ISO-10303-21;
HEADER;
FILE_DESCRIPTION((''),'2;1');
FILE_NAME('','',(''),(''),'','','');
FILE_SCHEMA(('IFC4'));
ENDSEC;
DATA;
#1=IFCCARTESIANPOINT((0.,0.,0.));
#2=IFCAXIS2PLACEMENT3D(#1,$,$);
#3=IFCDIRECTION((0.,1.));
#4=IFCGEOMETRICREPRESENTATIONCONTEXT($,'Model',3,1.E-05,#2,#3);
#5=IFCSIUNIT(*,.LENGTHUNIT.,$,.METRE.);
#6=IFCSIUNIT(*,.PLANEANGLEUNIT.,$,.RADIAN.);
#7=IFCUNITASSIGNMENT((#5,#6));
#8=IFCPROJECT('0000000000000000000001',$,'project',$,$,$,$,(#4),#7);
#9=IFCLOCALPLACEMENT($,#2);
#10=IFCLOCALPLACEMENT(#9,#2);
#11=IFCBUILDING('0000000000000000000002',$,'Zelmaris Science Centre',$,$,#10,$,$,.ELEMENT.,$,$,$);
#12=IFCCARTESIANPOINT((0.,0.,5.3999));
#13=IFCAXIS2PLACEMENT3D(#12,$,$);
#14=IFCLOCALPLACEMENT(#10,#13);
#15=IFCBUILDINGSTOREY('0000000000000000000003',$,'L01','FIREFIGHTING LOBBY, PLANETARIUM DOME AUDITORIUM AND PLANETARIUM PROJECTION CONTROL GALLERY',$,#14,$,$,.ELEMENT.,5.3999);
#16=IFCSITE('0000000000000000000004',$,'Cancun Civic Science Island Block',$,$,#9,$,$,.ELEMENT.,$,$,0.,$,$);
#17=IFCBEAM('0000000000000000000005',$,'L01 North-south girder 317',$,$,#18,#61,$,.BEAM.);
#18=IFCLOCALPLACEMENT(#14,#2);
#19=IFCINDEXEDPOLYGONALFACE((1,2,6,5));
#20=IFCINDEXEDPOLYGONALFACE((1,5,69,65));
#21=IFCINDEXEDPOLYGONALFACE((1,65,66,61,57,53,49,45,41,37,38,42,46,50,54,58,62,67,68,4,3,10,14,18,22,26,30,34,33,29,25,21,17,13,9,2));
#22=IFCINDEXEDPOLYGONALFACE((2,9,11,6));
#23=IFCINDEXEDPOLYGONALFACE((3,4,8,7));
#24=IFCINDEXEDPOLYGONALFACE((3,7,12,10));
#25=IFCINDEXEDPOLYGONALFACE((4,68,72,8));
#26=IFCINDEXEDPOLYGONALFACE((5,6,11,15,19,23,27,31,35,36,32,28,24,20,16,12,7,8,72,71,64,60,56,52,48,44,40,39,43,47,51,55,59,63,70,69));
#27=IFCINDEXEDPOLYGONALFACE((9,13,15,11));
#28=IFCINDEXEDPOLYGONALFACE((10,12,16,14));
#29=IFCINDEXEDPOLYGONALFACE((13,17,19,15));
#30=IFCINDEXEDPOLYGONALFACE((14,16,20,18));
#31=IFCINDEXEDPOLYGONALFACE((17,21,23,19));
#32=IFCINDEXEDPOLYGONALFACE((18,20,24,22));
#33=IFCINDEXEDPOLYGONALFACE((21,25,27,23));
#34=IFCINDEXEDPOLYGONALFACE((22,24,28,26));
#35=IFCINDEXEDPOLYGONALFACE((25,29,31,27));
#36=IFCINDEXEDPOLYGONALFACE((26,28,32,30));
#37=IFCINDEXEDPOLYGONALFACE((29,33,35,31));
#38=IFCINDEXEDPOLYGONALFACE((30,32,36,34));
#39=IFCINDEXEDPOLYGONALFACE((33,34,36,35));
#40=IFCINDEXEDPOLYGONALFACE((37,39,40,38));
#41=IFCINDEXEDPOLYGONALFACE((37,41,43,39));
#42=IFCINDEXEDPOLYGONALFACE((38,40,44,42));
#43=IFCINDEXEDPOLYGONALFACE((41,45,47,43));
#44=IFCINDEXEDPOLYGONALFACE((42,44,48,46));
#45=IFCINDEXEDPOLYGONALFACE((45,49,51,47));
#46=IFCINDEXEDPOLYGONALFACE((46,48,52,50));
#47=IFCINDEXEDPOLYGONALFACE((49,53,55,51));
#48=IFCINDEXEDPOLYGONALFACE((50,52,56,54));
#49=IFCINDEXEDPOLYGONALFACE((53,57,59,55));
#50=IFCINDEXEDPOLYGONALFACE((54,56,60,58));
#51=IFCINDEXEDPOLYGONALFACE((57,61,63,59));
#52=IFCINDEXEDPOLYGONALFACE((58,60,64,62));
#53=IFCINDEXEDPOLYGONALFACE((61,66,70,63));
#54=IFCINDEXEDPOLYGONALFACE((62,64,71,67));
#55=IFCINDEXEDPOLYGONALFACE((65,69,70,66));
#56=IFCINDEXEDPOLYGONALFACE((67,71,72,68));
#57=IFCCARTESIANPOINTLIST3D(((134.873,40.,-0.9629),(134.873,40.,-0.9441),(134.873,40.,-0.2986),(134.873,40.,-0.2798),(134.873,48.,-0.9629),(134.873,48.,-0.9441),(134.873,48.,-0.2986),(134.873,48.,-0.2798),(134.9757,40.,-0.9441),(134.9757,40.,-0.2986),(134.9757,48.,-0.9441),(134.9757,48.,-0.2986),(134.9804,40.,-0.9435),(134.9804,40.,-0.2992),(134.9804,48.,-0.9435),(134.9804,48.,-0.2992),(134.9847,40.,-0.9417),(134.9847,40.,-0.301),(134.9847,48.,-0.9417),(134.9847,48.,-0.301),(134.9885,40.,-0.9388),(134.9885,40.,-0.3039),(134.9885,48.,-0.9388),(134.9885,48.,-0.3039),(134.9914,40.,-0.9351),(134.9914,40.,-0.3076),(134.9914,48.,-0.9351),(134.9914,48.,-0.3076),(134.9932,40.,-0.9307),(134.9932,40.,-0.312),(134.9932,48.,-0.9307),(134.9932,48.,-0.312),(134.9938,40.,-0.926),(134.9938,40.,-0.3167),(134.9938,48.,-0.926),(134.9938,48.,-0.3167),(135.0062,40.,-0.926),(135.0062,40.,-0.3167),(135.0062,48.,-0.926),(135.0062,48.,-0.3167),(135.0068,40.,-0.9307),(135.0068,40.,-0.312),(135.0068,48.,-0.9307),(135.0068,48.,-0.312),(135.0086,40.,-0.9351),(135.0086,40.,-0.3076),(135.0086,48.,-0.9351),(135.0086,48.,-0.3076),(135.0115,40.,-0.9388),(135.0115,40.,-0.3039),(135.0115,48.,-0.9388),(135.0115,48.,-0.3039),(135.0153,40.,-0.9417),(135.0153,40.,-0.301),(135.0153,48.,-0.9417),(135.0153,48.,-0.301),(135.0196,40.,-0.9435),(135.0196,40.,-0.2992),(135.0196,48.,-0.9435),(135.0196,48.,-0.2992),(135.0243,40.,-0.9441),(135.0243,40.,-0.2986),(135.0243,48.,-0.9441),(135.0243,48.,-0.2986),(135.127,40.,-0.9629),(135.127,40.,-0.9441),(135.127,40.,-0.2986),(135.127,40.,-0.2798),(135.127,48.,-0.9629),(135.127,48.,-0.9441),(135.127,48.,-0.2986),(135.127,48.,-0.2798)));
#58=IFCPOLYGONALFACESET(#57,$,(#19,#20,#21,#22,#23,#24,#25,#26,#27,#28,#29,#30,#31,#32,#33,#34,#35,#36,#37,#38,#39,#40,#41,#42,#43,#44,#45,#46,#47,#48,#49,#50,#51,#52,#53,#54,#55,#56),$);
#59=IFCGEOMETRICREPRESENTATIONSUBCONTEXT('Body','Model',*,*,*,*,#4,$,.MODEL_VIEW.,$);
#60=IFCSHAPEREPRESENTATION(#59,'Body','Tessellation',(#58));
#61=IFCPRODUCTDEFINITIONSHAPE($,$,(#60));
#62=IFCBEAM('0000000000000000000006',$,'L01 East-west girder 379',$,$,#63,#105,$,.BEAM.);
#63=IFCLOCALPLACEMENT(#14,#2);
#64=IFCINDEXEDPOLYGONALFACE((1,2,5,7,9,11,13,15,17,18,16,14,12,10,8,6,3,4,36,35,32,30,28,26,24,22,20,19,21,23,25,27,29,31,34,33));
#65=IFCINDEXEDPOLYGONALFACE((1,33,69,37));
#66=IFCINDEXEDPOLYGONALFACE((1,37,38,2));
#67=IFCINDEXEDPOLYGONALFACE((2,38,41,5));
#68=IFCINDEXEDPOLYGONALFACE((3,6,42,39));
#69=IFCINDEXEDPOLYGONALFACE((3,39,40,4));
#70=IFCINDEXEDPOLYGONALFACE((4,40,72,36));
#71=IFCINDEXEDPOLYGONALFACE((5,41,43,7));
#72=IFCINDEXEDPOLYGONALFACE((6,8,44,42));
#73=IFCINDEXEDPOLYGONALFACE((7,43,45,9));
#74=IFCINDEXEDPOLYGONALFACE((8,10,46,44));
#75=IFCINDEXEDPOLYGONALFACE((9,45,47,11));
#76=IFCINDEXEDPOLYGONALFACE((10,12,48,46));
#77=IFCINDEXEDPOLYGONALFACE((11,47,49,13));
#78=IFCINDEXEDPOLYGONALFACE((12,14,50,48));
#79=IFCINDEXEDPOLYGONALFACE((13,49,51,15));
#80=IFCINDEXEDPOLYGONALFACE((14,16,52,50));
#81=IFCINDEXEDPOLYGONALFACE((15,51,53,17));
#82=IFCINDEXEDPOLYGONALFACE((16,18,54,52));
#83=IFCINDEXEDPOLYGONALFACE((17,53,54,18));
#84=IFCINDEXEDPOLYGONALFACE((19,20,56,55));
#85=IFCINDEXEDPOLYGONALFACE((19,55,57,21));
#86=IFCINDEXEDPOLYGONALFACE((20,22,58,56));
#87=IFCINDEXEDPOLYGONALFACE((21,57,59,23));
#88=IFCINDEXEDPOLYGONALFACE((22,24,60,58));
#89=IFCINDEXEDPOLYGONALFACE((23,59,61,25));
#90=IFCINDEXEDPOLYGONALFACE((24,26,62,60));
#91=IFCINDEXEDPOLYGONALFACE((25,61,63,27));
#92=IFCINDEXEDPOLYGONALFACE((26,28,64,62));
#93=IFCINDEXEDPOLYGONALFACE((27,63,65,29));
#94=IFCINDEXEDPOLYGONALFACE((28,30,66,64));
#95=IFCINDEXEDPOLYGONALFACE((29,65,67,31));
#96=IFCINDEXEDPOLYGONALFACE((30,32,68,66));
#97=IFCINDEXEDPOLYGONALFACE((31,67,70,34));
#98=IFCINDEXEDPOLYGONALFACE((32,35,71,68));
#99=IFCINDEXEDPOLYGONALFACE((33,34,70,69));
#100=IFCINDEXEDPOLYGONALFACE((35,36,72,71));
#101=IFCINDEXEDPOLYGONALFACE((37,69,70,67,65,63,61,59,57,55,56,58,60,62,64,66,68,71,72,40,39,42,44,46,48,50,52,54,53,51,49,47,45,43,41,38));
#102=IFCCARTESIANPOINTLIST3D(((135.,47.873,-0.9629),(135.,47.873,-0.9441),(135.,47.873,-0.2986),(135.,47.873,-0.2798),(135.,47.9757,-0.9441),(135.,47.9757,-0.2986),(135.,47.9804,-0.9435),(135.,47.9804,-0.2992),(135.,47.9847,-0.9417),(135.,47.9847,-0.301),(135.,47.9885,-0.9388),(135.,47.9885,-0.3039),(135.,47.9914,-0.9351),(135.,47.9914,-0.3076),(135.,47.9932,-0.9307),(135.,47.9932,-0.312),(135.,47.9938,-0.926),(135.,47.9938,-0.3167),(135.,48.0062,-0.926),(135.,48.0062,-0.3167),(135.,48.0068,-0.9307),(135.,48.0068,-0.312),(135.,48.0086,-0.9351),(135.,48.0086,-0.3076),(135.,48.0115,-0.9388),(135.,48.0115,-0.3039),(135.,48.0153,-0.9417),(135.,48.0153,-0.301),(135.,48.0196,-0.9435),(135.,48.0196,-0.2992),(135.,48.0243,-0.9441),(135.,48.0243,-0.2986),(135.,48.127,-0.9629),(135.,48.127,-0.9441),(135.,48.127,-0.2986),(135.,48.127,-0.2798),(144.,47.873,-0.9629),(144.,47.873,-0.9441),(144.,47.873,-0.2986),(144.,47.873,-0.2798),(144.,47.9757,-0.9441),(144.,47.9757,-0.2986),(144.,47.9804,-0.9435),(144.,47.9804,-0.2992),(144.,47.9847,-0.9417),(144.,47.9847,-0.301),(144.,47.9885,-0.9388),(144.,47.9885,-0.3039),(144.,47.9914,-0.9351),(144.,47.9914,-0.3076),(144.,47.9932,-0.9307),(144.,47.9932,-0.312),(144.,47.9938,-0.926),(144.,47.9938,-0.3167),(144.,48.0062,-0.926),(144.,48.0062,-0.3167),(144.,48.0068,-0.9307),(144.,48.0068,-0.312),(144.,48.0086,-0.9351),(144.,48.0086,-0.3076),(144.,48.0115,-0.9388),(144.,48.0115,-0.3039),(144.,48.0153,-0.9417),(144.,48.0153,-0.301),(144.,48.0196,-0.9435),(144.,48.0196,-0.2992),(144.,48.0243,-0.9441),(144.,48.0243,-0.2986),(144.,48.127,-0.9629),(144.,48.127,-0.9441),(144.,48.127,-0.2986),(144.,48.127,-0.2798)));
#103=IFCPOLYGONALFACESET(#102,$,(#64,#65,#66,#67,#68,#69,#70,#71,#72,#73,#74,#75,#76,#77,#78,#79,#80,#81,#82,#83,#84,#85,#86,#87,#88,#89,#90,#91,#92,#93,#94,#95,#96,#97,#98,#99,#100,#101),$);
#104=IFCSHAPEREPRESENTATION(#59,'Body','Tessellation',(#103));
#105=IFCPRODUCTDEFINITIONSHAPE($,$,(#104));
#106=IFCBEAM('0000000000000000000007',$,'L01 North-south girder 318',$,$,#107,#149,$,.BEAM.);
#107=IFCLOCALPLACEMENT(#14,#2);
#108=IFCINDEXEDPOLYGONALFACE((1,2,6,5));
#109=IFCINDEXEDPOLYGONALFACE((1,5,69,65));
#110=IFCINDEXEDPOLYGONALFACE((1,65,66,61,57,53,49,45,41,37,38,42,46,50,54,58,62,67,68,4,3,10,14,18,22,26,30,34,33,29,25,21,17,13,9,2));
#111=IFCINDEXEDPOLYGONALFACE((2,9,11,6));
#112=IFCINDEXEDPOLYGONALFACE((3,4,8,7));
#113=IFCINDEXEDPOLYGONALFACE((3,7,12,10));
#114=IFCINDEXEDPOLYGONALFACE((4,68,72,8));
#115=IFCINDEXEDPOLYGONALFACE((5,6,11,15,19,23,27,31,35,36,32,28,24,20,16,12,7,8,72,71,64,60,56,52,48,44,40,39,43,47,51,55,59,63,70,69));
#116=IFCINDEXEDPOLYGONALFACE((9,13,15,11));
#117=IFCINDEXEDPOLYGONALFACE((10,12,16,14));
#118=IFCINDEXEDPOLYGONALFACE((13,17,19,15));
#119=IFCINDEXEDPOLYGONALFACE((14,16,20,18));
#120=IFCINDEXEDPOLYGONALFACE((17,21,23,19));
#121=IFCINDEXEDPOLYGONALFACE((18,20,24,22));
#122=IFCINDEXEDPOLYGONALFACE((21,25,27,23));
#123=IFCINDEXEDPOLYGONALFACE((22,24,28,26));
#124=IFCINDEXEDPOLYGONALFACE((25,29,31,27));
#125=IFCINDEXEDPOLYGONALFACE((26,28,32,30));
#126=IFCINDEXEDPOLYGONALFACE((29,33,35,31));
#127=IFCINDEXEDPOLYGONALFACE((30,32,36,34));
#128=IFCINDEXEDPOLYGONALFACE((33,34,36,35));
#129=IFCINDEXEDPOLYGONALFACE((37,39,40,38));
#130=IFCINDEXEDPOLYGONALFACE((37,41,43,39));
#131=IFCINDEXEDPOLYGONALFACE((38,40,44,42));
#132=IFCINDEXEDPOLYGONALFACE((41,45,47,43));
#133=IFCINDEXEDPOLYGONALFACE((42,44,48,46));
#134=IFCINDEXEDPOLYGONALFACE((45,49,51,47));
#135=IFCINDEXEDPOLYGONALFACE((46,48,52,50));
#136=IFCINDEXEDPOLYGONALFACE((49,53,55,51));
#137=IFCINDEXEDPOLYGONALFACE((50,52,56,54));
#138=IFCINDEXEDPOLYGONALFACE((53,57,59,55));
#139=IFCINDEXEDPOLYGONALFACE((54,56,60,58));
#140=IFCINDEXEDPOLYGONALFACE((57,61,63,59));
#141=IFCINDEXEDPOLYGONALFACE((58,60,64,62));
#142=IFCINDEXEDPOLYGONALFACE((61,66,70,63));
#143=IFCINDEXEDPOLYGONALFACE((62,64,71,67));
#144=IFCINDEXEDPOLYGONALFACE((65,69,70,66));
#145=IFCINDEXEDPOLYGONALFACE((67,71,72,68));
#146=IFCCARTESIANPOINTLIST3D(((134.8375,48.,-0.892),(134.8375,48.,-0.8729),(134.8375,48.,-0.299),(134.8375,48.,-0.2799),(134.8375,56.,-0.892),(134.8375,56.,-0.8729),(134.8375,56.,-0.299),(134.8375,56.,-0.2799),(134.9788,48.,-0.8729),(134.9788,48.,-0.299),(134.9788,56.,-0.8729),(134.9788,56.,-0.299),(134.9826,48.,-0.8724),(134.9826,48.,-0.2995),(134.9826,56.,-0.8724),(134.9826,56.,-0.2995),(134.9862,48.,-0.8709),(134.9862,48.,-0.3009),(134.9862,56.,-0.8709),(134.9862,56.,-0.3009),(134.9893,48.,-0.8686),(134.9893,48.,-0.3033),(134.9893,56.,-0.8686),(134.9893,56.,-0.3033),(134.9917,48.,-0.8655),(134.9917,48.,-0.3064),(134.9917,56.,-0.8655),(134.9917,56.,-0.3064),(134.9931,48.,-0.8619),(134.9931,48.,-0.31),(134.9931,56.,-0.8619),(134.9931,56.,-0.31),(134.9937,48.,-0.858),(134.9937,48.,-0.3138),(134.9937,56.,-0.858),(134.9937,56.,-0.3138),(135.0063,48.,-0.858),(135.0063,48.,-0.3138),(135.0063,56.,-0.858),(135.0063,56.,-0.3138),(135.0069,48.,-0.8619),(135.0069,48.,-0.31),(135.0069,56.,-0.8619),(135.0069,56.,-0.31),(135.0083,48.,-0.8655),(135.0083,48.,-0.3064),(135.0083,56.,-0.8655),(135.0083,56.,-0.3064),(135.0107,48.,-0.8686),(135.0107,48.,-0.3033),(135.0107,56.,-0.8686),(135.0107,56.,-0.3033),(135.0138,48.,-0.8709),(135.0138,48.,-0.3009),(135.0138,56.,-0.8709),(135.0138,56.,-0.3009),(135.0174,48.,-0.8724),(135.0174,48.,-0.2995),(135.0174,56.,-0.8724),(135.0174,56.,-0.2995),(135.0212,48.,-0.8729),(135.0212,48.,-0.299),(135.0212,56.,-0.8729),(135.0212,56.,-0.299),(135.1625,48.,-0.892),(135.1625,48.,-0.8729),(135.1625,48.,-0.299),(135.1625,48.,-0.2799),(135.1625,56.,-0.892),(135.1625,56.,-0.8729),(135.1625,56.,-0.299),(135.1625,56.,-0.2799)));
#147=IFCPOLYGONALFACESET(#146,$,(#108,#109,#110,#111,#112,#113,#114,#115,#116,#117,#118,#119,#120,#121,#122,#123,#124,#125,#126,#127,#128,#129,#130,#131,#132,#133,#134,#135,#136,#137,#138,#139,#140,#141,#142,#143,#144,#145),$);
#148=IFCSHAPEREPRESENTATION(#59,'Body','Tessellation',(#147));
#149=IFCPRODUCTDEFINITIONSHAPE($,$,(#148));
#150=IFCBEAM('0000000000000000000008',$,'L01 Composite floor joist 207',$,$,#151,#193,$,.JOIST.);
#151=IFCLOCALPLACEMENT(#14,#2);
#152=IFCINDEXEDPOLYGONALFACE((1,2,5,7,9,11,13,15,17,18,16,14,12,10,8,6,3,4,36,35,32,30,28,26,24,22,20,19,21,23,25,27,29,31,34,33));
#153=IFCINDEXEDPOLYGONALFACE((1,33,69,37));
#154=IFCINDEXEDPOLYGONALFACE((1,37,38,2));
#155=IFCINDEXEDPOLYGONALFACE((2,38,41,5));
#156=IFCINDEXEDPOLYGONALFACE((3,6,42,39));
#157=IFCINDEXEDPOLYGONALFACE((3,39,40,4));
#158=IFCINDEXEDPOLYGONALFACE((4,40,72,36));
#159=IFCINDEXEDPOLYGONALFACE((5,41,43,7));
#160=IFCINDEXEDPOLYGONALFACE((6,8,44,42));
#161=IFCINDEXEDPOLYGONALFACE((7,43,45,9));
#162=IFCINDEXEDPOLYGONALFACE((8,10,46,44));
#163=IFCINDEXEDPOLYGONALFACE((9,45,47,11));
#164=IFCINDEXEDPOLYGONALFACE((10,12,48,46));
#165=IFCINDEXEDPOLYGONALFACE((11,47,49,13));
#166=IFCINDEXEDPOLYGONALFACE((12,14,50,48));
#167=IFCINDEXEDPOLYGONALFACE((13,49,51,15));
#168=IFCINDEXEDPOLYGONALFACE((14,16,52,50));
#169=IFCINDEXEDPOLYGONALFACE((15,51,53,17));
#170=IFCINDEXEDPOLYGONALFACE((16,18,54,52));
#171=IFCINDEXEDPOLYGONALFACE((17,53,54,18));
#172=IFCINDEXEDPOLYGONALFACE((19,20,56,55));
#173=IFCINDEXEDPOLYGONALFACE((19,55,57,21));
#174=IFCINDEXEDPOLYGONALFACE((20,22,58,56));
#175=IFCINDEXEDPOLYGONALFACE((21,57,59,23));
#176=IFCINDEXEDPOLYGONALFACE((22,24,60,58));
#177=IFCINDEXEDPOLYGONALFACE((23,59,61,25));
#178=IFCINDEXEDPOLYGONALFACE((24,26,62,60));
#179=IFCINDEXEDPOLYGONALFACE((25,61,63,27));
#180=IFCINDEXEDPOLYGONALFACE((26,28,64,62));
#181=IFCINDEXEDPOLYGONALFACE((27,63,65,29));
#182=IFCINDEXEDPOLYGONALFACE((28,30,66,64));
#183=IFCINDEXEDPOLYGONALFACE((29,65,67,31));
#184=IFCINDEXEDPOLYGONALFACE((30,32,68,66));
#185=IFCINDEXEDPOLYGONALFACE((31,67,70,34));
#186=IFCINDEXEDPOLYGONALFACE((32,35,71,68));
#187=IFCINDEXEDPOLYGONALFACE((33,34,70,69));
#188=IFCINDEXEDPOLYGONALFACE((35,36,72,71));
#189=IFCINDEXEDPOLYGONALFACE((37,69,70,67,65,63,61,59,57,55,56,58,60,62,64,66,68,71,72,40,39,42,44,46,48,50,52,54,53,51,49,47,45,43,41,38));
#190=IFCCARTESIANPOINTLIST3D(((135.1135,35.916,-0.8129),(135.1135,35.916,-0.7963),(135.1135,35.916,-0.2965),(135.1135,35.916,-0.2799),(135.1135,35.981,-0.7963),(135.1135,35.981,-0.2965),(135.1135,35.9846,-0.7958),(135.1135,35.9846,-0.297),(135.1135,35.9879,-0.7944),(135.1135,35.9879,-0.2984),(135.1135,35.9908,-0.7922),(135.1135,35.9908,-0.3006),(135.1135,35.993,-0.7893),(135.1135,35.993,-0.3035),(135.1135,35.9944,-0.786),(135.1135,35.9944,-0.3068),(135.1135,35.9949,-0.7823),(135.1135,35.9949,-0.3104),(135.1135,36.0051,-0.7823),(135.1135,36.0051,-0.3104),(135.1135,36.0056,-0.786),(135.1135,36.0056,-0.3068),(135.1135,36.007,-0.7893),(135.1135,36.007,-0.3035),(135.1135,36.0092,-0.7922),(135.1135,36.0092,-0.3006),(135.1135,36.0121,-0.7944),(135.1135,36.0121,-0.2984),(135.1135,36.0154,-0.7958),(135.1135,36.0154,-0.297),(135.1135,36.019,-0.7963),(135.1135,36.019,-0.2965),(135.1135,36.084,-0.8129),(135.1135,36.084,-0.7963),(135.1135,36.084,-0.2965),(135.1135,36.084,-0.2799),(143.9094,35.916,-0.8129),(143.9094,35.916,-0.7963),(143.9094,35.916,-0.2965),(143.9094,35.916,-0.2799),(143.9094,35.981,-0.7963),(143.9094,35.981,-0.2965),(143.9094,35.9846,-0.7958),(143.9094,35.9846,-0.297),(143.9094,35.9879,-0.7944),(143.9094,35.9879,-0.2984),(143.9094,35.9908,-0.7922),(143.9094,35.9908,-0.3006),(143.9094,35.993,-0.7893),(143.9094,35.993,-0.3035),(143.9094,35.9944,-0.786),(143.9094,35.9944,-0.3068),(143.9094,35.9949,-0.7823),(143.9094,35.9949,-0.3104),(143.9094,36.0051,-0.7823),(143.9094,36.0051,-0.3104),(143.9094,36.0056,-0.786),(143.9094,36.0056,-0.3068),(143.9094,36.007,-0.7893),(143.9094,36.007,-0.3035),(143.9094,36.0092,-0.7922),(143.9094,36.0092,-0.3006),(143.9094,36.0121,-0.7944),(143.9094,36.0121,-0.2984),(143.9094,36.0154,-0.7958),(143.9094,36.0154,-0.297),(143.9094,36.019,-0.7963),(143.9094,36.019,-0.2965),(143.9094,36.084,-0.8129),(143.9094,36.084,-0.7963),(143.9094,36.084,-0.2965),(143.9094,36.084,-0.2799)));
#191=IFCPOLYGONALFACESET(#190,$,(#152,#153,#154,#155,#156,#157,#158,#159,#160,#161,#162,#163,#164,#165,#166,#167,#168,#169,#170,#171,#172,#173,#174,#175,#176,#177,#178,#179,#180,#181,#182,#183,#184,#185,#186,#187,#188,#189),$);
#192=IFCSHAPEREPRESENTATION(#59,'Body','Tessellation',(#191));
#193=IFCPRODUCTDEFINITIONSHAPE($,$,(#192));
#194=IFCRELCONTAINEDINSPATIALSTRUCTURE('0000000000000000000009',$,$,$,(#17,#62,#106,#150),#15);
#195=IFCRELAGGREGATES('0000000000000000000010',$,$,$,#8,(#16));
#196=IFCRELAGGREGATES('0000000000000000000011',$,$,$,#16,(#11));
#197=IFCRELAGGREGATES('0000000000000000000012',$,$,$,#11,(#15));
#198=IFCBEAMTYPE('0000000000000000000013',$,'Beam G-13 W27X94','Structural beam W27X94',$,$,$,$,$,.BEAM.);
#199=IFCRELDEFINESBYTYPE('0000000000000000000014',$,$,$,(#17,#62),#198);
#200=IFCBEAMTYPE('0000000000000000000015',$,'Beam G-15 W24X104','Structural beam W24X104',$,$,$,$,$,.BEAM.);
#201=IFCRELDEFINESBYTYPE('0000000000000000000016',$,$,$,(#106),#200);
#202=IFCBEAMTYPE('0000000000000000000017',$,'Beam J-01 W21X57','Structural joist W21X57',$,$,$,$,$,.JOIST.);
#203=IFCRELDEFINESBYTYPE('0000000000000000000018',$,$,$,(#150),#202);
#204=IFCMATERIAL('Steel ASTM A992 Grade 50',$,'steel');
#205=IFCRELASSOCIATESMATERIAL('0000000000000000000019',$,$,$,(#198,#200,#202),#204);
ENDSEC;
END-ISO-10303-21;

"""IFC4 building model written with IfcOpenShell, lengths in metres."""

from ifc_helpers import new_model, si_unit, direction, frame, origin, origin_2d, place, context, subcontext, project, spatial, i_section, extrude, material, material_profile, profile_set, type_object, element, save


model = new_model("IFC4")

# Units and contexts
model_context = context("Model", 3, precision=1e-05, world=origin(), true_north=direction((0.0, 1.0)))
body_context = subcontext(model_context, "Body", "Model", "MODEL_VIEW")
ifc_project = project(units=[si_unit("LENGTHUNIT", "METRE"), si_unit("PLANEANGLEUNIT", "RADIAN")], contexts=[model_context])

# Site, building, storey
site_placement = place(None, origin())
site = spatial("IfcSite", under=ifc_project, at=site_placement, Name="Cancun Civic Science Island Block", CompositionType="ELEMENT", RefElevation=0.0)
building_placement = place(site_placement, origin())
building = spatial("IfcBuilding", under=site, at=building_placement, Name="Zelmaris Science Centre", CompositionType="ELEMENT")
storey_placement = place(building_placement, frame((0.0, 0.0, 5.3999)))
storey = spatial("IfcBuildingStorey", under=building, at=storey_placement, Name="L01", Description="FIREFIGHTING LOBBY, PLANETARIUM DOME AUDITORIUM AND PLANETARIUM PROJECTION CONTROL GALLERY", CompositionType="ELEMENT", Elevation=5.3999)

# Shared definitions
ifc_material_1 = material(Name="Steel ASTM A992 Grade 50", Category="steel")

# Beams
ifc_material_profile_1 = material_profile(ifc_material_1, i_section(OverallWidth=0.2539, OverallDepth=0.6831, WebThickness=0.0125, FlangeThickness=0.0188, FilletRadius=0.0181, at=origin_2d()), Name="W27X94")
ifc_profile_set_1 = profile_set([ifc_material_profile_1], Name="Steel ASTM A992 Grade 50")
beam_type_1 = type_object("IfcBeamType", Name="Beam G-13 W27X94", Description="Structural beam W27X94", PredefinedType="BEAM", material=ifc_profile_set_1)
beam_1_placement = place(storey_placement, frame((135.0, 40.0, -0.6213), z_axis=(0.0, 1.0, 0.0), x_axis=(-1.0, 0.0, 0.0)))
element("IfcBeam", 1, at=beam_1_placement, inside=storey, type_object=beam_type_1, Name="L01 North-south girder 317", PredefinedType="BEAM", context=body_context, shape_type="SweptSolid", body=[
    extrude(i_section(OverallWidth=0.2539, OverallDepth=0.6831, WebThickness=0.0125, FlangeThickness=0.0188, FilletRadius=0.0181, at=origin_2d()), origin(), (0.0, 0.0, 1.0), 8.0),
])
beam_2_placement = place(storey_placement, frame((135.0, 48.0, -0.6213), z_axis=(1.0, 0.0, 0.0), x_axis=(0.0, 1.0, 0.0)))
element("IfcBeam", 2, at=beam_2_placement, inside=storey, type_object=beam_type_1, Name="L01 East-west girder 379", PredefinedType="BEAM", context=body_context, shape_type="SweptSolid", body=[
    extrude(i_section(OverallWidth=0.2539, OverallDepth=0.6831, WebThickness=0.0125, FlangeThickness=0.0188, FilletRadius=0.0181, at=origin_2d()), origin(), (0.0, 0.0, 1.0), 9.0),
])
ifc_material_profile_2 = material_profile(ifc_material_1, i_section(OverallWidth=0.325, OverallDepth=0.6121, WebThickness=0.0127, FlangeThickness=0.019, FilletRadius=0.0149, at=origin_2d()), Name="W24X104")
ifc_profile_set_2 = profile_set([ifc_material_profile_2], Name="Steel ASTM A992 Grade 50")
beam_type_2 = type_object("IfcBeamType", Name="Beam G-15 W24X104", Description="Structural beam W24X104", PredefinedType="BEAM", material=ifc_profile_set_2)
beam_3_placement = place(storey_placement, frame((135.0, 48.0, -0.5859), z_axis=(0.0, 1.0, 0.0), x_axis=(-1.0, 0.0, 0.0)))
element("IfcBeam", 3, at=beam_3_placement, inside=storey, type_object=beam_type_2, Name="L01 North-south girder 318", PredefinedType="BEAM", context=body_context, shape_type="SweptSolid", body=[
    extrude(i_section(OverallWidth=0.325, OverallDepth=0.6121, WebThickness=0.0127, FlangeThickness=0.019, FilletRadius=0.0149, at=origin_2d()), origin(), (0.0, 0.0, 1.0), 8.0),
])
ifc_material_profile_3 = material_profile(ifc_material_1, i_section(OverallWidth=0.168, OverallDepth=0.533, WebThickness=0.0103, FlangeThickness=0.0166, FilletRadius=0.0139, at=origin_2d()), Name="W21X57")
ifc_profile_set_3 = profile_set([ifc_material_profile_3], Name="Steel ASTM A992 Grade 50")
beam_type_3 = type_object("IfcBeamType", Name="Beam J-01 W21X57", Description="Structural joist W21X57", PredefinedType="JOIST", material=ifc_profile_set_3)
beam_4_placement = place(storey_placement, frame((135.1135, 36.0, -0.5464), z_axis=(1.0, 0.0, 0.0), x_axis=(0.0, 1.0, 0.0)))
element("IfcBeam", 4, at=beam_4_placement, inside=storey, type_object=beam_type_3, Name="L01 Composite floor joist 207", PredefinedType="JOIST", context=body_context, shape_type="SweptSolid", body=[
    extrude(i_section(OverallWidth=0.168, OverallDepth=0.533, WebThickness=0.0103, FlangeThickness=0.0166, FilletRadius=0.0139, at=origin_2d()), origin(), (0.0, 0.0, 1.0), 8.7959),
])

save(model, "model.ifc")
